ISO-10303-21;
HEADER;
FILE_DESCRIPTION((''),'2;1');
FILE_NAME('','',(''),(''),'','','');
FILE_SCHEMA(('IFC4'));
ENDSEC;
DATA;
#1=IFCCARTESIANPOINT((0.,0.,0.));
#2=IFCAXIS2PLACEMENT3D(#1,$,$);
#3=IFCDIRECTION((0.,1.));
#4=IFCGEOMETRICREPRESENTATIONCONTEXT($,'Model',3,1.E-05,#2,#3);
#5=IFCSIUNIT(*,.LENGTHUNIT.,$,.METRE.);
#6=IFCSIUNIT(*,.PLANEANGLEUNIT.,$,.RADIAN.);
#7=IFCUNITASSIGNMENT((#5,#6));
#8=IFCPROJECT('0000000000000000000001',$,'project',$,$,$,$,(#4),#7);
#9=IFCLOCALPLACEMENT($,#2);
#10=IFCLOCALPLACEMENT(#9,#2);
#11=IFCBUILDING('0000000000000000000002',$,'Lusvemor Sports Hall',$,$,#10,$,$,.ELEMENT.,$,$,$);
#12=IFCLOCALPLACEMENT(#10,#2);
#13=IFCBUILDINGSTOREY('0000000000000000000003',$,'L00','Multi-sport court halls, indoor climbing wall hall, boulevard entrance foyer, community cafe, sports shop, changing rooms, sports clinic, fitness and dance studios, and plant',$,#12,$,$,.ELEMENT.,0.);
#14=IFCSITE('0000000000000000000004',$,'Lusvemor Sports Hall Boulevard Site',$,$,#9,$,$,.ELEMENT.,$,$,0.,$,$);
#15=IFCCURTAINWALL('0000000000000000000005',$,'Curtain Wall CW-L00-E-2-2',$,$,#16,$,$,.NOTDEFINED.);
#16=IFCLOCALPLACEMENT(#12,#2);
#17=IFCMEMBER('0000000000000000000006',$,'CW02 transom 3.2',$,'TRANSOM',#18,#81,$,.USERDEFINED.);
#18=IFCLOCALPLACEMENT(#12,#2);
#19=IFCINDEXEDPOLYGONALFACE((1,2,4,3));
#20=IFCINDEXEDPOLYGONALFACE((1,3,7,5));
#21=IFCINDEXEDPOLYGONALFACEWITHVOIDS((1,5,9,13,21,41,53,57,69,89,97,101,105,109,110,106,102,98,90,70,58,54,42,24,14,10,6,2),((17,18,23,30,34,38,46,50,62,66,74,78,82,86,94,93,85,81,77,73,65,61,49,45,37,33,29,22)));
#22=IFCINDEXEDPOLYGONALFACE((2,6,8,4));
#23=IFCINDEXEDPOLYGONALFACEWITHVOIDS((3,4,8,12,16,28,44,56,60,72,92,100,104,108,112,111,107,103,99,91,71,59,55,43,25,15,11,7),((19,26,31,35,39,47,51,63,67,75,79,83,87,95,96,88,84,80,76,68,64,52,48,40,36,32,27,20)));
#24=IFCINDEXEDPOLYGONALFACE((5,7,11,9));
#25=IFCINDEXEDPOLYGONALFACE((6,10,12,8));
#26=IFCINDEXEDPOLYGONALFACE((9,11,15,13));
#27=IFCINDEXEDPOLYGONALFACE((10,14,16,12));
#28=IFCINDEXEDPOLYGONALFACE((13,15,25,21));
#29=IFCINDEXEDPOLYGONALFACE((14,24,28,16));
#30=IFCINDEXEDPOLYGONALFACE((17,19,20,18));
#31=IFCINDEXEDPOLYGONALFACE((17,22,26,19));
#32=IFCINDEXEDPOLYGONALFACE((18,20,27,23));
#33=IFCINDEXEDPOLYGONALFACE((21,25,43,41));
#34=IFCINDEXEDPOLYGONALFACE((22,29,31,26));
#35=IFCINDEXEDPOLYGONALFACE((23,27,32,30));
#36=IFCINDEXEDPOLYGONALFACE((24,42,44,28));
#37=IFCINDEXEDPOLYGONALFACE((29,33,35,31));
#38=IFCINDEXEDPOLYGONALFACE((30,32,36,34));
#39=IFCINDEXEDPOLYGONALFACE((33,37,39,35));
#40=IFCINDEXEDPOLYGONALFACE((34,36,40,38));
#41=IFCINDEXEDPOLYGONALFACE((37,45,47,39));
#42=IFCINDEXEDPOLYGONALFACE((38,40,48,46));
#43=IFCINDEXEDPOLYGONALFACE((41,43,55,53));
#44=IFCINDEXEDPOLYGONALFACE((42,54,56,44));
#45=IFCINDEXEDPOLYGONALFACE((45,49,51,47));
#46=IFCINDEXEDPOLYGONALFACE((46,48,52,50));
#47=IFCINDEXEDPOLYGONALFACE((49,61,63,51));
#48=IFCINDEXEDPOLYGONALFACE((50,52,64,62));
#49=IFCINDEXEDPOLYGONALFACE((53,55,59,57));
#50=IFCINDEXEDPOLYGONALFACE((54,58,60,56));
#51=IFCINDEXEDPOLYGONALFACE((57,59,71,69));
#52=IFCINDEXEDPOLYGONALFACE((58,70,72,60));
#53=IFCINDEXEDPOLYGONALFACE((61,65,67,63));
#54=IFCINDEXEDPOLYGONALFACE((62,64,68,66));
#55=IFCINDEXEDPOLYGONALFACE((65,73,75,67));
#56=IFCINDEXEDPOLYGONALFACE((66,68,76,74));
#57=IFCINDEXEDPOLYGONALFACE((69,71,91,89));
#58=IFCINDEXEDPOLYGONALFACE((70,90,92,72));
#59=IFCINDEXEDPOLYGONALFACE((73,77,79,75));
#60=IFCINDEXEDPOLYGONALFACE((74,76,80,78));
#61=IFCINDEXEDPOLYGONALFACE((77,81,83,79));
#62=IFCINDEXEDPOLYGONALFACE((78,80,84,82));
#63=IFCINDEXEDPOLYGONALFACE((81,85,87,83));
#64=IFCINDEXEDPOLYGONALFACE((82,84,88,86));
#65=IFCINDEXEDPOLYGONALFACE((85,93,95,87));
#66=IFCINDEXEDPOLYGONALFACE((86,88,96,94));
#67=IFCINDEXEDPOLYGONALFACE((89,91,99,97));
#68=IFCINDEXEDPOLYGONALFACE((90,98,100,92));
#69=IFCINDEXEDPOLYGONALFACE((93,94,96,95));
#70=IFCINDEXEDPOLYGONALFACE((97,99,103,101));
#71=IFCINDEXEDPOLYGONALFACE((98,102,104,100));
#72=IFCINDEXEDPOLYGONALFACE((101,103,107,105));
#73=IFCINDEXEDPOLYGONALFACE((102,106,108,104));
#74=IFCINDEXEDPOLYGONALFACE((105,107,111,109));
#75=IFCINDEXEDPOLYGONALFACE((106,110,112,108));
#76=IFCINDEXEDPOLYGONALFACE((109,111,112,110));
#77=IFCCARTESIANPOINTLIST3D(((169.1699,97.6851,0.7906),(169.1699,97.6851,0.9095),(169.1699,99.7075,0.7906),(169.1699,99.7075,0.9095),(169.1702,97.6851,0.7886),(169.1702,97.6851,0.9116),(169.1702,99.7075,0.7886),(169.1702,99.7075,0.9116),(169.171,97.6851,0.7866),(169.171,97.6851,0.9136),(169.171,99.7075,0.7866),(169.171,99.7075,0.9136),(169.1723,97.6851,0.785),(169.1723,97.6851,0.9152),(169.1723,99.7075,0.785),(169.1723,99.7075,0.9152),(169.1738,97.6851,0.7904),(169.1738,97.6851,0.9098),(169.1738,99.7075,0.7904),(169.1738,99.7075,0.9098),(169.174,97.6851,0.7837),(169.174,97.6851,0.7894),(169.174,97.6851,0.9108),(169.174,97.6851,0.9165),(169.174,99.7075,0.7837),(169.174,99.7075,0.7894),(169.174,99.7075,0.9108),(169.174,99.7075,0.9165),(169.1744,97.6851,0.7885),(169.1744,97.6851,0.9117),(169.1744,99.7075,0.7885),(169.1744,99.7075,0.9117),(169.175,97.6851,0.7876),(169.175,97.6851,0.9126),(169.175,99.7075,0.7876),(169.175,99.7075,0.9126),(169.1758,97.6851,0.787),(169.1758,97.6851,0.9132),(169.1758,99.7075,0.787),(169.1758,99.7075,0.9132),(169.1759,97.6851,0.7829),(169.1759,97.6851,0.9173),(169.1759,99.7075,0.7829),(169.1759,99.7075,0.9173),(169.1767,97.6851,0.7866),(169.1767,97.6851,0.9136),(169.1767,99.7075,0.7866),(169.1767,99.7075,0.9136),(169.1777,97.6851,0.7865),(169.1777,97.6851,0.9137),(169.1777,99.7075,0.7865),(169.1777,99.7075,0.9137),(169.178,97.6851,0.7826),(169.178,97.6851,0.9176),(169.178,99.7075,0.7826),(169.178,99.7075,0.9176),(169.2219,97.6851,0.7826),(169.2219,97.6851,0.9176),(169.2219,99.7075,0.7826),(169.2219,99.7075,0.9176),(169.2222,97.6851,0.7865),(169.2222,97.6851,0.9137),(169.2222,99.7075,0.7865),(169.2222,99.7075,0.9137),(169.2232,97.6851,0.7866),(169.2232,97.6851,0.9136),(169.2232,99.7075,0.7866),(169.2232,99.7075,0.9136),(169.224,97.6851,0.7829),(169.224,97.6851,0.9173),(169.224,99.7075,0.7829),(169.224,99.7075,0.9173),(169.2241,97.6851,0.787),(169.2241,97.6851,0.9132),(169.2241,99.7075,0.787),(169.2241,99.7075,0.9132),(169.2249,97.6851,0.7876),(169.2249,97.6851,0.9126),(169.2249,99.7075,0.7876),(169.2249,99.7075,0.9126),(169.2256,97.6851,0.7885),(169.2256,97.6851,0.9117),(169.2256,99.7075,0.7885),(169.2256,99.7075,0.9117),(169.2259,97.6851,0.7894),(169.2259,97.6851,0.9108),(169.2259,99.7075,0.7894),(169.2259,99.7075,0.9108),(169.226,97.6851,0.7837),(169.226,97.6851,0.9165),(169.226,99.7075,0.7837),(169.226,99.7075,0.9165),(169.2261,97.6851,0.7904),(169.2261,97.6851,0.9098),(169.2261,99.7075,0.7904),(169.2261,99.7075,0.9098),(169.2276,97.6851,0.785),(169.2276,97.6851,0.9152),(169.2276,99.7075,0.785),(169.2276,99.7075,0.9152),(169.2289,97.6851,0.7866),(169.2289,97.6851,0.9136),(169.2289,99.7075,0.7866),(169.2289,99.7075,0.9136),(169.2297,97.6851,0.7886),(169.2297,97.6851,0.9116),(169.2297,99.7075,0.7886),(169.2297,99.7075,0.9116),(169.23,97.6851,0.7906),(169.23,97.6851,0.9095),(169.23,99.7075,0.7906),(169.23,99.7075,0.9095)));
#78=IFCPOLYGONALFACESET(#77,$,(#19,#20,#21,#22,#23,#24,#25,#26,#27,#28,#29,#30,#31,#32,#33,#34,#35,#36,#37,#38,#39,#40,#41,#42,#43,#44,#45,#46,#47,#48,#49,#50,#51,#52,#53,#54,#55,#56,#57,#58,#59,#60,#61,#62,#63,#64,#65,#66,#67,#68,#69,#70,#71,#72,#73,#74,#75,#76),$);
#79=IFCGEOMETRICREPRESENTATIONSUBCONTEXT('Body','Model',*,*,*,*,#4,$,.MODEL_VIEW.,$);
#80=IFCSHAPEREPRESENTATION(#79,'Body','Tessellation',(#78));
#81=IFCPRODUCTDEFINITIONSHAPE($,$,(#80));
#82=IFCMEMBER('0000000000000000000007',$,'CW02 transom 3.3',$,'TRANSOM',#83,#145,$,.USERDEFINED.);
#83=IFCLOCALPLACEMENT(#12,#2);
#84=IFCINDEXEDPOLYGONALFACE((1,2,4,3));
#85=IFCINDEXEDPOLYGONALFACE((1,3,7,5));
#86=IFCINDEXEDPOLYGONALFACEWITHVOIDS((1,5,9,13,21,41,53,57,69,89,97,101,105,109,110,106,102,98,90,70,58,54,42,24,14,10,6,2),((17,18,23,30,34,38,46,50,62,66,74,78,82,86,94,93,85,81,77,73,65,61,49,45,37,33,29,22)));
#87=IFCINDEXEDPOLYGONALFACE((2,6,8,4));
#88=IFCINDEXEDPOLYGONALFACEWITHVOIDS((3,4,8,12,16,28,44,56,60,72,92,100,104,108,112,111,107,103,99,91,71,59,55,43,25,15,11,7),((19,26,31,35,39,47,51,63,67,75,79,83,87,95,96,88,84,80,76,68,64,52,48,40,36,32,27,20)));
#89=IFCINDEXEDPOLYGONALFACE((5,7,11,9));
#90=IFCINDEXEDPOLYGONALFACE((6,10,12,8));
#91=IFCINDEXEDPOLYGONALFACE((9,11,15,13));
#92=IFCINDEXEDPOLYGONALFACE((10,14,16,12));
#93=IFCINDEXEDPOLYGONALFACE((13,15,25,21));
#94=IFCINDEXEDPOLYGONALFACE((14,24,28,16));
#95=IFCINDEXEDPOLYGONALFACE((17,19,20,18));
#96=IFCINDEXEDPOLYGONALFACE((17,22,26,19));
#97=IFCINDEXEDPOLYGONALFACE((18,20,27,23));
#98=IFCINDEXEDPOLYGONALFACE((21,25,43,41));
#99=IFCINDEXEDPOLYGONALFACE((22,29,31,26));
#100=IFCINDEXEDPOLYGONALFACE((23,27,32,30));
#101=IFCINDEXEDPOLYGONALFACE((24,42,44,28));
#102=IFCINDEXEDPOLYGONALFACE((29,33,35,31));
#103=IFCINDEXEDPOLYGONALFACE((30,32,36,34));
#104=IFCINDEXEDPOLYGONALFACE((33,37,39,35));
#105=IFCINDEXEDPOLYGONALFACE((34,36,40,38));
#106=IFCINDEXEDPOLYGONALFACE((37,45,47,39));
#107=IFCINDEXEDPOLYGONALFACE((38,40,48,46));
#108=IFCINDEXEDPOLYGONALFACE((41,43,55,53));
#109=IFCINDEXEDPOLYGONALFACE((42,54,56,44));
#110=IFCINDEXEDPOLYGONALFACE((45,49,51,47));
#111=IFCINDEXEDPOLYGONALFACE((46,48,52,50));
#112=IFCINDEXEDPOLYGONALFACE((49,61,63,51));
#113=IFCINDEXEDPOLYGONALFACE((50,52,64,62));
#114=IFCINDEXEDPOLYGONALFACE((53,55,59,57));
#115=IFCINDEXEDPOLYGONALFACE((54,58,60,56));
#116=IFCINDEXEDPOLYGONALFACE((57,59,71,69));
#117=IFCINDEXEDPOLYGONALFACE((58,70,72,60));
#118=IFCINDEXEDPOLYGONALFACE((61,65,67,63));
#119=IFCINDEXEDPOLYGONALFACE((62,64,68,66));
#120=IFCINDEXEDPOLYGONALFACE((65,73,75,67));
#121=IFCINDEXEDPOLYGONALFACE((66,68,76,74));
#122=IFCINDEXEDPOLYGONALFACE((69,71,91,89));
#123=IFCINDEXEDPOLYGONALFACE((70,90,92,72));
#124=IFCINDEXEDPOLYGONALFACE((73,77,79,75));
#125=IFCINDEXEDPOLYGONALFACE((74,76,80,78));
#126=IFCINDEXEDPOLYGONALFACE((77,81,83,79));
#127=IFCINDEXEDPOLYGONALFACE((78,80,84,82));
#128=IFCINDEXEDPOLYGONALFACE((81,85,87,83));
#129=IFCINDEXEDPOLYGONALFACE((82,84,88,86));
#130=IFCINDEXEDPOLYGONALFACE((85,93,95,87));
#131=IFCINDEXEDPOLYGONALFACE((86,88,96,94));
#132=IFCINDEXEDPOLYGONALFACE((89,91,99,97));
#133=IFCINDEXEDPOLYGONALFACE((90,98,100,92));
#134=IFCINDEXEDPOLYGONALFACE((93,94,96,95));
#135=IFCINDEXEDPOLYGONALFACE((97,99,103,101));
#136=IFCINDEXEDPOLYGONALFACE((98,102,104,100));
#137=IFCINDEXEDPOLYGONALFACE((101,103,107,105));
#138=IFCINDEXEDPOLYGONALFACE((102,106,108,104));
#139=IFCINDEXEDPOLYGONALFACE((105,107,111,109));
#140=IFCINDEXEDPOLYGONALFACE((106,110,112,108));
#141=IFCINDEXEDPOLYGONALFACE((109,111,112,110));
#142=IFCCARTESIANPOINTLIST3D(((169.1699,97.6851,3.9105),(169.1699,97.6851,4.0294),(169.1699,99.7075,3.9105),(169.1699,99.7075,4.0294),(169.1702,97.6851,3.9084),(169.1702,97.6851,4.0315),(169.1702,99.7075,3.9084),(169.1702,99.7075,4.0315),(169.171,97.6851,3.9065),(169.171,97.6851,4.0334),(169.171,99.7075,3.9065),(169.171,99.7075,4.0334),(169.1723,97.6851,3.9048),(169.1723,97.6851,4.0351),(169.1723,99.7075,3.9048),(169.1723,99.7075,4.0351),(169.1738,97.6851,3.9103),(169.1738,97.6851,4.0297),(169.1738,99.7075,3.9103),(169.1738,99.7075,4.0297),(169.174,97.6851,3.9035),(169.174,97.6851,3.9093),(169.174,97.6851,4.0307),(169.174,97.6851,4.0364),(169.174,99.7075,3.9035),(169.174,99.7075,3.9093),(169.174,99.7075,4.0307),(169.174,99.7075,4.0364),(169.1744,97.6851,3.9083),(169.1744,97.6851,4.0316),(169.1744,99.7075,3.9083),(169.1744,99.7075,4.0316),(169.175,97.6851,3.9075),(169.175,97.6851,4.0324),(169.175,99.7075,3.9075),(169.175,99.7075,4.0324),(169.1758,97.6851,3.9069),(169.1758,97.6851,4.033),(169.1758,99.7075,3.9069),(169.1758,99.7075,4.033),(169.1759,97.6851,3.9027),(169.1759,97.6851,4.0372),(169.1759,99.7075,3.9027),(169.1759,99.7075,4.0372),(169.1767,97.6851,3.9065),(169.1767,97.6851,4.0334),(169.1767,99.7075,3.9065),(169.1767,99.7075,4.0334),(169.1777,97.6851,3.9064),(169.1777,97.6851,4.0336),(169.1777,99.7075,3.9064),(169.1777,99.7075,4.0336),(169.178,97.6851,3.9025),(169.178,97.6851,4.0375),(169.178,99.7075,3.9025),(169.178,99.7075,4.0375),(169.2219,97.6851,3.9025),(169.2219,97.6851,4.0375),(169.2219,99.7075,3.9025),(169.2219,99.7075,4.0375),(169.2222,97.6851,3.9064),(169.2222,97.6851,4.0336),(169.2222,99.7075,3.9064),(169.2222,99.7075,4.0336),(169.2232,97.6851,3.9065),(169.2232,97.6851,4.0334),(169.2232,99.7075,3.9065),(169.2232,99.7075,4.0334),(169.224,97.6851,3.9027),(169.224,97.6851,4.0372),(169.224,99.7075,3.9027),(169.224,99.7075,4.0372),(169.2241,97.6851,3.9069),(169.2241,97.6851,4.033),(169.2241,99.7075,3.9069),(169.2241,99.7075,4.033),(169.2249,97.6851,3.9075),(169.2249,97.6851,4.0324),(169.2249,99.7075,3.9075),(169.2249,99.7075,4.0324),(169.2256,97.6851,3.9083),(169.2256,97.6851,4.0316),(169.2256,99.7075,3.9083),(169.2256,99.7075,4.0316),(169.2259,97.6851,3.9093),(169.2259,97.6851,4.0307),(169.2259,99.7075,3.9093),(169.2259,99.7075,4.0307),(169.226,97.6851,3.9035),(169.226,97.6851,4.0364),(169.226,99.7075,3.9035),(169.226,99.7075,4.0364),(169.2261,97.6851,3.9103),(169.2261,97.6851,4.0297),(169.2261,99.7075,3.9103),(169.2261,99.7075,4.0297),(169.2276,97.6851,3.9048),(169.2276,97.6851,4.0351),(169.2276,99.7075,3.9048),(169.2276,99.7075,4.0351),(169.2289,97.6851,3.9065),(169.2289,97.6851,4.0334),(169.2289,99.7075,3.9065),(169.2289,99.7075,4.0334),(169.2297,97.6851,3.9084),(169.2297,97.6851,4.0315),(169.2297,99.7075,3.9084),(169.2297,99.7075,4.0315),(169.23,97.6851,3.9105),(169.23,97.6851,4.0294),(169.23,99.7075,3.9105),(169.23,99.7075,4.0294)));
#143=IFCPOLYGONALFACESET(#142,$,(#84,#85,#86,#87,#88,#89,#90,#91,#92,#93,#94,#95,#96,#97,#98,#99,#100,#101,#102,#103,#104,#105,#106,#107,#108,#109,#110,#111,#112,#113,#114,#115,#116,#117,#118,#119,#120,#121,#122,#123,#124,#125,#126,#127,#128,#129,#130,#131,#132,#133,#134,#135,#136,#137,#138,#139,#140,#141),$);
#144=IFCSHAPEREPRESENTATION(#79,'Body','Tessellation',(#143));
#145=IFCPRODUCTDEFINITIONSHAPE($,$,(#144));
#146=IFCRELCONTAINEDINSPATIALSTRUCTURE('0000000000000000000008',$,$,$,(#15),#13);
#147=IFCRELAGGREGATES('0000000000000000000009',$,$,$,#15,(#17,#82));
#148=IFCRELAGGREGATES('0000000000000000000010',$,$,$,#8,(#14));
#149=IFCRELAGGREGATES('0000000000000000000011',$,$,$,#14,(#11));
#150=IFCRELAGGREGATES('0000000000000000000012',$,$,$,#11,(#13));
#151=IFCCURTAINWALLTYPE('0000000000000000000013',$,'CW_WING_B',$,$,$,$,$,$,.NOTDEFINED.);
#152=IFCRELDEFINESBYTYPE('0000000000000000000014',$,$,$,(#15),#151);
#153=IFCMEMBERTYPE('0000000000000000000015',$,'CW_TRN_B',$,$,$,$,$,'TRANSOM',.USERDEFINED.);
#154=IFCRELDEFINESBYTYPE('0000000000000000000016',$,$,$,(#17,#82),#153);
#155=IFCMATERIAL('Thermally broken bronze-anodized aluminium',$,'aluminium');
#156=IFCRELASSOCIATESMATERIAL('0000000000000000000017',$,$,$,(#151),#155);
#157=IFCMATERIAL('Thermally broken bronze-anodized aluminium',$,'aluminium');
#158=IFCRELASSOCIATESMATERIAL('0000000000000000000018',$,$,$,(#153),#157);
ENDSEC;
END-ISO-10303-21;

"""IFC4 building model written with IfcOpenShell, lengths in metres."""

from ifc_helpers import new_model, si_unit, direction, frame, origin, origin_2d, place, context, subcontext, project, spatial, hollow_rectangle, extrude, material, material_profile, profile_set, type_object, element, aggregate, save


model = new_model("IFC4")

# Units and contexts
model_context = context("Model", 3, precision=1e-05, world=origin(), true_north=direction((0.0, 1.0)))
body_context = subcontext(model_context, "Body", "Model", "MODEL_VIEW")
ifc_project = project(units=[si_unit("LENGTHUNIT", "METRE"), si_unit("PLANEANGLEUNIT", "RADIAN")], contexts=[model_context])

# Site, building, storey
site_placement = place(None, origin())
site = spatial("IfcSite", under=ifc_project, at=site_placement, Name="Lusvemor Sports Hall Boulevard Site", CompositionType="ELEMENT", RefElevation=0.0)
building_placement = place(site_placement, origin())
building = spatial("IfcBuilding", under=site, at=building_placement, Name="Lusvemor Sports Hall", CompositionType="ELEMENT")
storey_placement = place(building_placement, origin())
storey = spatial("IfcBuildingStorey", under=building, at=storey_placement, Name="L00", Description="Multi-sport court halls, indoor climbing wall hall, boulevard entrance foyer, community cafe, sports shop, changing rooms, sports clinic, fitness and dance studios, and plant", CompositionType="ELEMENT", Elevation=0.0)

# Shared definitions
ifc_material_1 = material(Name="Thermally broken bronze-anodized aluminium", Category="aluminium")
curtain_wall_type = type_object("IfcCurtainWallType", Name="CW_WING_B", PredefinedType="NOTDEFINED", material=ifc_material_1)

# Curtain wall, members
curtain_wall_1_placement = place(storey_placement, origin())
curtain_wall_1 = element("IfcCurtainWall", 1, at=curtain_wall_1_placement, inside=storey, type_object=curtain_wall_type, Name="Curtain Wall CW-L00-E-2-2", PredefinedType="NOTDEFINED")
ifc_material_2 = material(Name="Thermally broken bronze-anodized aluminium", Category="aluminium")
ifc_material_profile_1 = material_profile(ifc_material_2, hollow_rectangle(XDim=0.0601, YDim=0.135, WallThickness=0.0039, InnerFilletRadius=0.0039, OuterFilletRadius=0.0081, at=origin_2d()), Name="CWTRN135x60x4")
ifc_profile_set_1 = profile_set([ifc_material_profile_1], Name="Thermally broken bronze-anodized aluminium")
member_type_1 = type_object("IfcMemberType", Name="CW_TRN_B", ElementType="TRANSOM", PredefinedType="USERDEFINED", material=ifc_profile_set_1)
member_1_placement = place(storey_placement, frame((169.2, 99.7075, 0.8501), z_axis=(0.0, -1.0, 0.0), x_axis=(1.0, 0.0, 0.0)))
member_1 = element("IfcMember", 2, at=member_1_placement, type_object=member_type_1, Name="CW02 transom 3.2", ObjectType="TRANSOM", PredefinedType="USERDEFINED", context=body_context, shape_type="SweptSolid", body=[
    extrude(hollow_rectangle(XDim=0.0601, YDim=0.135, WallThickness=0.0039, InnerFilletRadius=0.0039, OuterFilletRadius=0.0081, at=origin_2d()), origin(), (0.0, 0.0, 1.0), 2.0225),
])
member_2_placement = place(storey_placement, frame((169.2, 99.7075, 3.97), z_axis=(0.0, -1.0, 0.0), x_axis=(1.0, 0.0, 0.0)))
member_2 = element("IfcMember", 3, at=member_2_placement, type_object=member_type_1, Name="CW02 transom 3.3", ObjectType="TRANSOM", PredefinedType="USERDEFINED", context=body_context, shape_type="SweptSolid", body=[
    extrude(hollow_rectangle(XDim=0.0601, YDim=0.135, WallThickness=0.0039, InnerFilletRadius=0.0039, OuterFilletRadius=0.0081, at=origin_2d()), origin(), (0.0, 0.0, 1.0), 2.0225),
])
aggregate(curtain_wall_1, [member_1, member_2])

save(model, "model.ifc")
